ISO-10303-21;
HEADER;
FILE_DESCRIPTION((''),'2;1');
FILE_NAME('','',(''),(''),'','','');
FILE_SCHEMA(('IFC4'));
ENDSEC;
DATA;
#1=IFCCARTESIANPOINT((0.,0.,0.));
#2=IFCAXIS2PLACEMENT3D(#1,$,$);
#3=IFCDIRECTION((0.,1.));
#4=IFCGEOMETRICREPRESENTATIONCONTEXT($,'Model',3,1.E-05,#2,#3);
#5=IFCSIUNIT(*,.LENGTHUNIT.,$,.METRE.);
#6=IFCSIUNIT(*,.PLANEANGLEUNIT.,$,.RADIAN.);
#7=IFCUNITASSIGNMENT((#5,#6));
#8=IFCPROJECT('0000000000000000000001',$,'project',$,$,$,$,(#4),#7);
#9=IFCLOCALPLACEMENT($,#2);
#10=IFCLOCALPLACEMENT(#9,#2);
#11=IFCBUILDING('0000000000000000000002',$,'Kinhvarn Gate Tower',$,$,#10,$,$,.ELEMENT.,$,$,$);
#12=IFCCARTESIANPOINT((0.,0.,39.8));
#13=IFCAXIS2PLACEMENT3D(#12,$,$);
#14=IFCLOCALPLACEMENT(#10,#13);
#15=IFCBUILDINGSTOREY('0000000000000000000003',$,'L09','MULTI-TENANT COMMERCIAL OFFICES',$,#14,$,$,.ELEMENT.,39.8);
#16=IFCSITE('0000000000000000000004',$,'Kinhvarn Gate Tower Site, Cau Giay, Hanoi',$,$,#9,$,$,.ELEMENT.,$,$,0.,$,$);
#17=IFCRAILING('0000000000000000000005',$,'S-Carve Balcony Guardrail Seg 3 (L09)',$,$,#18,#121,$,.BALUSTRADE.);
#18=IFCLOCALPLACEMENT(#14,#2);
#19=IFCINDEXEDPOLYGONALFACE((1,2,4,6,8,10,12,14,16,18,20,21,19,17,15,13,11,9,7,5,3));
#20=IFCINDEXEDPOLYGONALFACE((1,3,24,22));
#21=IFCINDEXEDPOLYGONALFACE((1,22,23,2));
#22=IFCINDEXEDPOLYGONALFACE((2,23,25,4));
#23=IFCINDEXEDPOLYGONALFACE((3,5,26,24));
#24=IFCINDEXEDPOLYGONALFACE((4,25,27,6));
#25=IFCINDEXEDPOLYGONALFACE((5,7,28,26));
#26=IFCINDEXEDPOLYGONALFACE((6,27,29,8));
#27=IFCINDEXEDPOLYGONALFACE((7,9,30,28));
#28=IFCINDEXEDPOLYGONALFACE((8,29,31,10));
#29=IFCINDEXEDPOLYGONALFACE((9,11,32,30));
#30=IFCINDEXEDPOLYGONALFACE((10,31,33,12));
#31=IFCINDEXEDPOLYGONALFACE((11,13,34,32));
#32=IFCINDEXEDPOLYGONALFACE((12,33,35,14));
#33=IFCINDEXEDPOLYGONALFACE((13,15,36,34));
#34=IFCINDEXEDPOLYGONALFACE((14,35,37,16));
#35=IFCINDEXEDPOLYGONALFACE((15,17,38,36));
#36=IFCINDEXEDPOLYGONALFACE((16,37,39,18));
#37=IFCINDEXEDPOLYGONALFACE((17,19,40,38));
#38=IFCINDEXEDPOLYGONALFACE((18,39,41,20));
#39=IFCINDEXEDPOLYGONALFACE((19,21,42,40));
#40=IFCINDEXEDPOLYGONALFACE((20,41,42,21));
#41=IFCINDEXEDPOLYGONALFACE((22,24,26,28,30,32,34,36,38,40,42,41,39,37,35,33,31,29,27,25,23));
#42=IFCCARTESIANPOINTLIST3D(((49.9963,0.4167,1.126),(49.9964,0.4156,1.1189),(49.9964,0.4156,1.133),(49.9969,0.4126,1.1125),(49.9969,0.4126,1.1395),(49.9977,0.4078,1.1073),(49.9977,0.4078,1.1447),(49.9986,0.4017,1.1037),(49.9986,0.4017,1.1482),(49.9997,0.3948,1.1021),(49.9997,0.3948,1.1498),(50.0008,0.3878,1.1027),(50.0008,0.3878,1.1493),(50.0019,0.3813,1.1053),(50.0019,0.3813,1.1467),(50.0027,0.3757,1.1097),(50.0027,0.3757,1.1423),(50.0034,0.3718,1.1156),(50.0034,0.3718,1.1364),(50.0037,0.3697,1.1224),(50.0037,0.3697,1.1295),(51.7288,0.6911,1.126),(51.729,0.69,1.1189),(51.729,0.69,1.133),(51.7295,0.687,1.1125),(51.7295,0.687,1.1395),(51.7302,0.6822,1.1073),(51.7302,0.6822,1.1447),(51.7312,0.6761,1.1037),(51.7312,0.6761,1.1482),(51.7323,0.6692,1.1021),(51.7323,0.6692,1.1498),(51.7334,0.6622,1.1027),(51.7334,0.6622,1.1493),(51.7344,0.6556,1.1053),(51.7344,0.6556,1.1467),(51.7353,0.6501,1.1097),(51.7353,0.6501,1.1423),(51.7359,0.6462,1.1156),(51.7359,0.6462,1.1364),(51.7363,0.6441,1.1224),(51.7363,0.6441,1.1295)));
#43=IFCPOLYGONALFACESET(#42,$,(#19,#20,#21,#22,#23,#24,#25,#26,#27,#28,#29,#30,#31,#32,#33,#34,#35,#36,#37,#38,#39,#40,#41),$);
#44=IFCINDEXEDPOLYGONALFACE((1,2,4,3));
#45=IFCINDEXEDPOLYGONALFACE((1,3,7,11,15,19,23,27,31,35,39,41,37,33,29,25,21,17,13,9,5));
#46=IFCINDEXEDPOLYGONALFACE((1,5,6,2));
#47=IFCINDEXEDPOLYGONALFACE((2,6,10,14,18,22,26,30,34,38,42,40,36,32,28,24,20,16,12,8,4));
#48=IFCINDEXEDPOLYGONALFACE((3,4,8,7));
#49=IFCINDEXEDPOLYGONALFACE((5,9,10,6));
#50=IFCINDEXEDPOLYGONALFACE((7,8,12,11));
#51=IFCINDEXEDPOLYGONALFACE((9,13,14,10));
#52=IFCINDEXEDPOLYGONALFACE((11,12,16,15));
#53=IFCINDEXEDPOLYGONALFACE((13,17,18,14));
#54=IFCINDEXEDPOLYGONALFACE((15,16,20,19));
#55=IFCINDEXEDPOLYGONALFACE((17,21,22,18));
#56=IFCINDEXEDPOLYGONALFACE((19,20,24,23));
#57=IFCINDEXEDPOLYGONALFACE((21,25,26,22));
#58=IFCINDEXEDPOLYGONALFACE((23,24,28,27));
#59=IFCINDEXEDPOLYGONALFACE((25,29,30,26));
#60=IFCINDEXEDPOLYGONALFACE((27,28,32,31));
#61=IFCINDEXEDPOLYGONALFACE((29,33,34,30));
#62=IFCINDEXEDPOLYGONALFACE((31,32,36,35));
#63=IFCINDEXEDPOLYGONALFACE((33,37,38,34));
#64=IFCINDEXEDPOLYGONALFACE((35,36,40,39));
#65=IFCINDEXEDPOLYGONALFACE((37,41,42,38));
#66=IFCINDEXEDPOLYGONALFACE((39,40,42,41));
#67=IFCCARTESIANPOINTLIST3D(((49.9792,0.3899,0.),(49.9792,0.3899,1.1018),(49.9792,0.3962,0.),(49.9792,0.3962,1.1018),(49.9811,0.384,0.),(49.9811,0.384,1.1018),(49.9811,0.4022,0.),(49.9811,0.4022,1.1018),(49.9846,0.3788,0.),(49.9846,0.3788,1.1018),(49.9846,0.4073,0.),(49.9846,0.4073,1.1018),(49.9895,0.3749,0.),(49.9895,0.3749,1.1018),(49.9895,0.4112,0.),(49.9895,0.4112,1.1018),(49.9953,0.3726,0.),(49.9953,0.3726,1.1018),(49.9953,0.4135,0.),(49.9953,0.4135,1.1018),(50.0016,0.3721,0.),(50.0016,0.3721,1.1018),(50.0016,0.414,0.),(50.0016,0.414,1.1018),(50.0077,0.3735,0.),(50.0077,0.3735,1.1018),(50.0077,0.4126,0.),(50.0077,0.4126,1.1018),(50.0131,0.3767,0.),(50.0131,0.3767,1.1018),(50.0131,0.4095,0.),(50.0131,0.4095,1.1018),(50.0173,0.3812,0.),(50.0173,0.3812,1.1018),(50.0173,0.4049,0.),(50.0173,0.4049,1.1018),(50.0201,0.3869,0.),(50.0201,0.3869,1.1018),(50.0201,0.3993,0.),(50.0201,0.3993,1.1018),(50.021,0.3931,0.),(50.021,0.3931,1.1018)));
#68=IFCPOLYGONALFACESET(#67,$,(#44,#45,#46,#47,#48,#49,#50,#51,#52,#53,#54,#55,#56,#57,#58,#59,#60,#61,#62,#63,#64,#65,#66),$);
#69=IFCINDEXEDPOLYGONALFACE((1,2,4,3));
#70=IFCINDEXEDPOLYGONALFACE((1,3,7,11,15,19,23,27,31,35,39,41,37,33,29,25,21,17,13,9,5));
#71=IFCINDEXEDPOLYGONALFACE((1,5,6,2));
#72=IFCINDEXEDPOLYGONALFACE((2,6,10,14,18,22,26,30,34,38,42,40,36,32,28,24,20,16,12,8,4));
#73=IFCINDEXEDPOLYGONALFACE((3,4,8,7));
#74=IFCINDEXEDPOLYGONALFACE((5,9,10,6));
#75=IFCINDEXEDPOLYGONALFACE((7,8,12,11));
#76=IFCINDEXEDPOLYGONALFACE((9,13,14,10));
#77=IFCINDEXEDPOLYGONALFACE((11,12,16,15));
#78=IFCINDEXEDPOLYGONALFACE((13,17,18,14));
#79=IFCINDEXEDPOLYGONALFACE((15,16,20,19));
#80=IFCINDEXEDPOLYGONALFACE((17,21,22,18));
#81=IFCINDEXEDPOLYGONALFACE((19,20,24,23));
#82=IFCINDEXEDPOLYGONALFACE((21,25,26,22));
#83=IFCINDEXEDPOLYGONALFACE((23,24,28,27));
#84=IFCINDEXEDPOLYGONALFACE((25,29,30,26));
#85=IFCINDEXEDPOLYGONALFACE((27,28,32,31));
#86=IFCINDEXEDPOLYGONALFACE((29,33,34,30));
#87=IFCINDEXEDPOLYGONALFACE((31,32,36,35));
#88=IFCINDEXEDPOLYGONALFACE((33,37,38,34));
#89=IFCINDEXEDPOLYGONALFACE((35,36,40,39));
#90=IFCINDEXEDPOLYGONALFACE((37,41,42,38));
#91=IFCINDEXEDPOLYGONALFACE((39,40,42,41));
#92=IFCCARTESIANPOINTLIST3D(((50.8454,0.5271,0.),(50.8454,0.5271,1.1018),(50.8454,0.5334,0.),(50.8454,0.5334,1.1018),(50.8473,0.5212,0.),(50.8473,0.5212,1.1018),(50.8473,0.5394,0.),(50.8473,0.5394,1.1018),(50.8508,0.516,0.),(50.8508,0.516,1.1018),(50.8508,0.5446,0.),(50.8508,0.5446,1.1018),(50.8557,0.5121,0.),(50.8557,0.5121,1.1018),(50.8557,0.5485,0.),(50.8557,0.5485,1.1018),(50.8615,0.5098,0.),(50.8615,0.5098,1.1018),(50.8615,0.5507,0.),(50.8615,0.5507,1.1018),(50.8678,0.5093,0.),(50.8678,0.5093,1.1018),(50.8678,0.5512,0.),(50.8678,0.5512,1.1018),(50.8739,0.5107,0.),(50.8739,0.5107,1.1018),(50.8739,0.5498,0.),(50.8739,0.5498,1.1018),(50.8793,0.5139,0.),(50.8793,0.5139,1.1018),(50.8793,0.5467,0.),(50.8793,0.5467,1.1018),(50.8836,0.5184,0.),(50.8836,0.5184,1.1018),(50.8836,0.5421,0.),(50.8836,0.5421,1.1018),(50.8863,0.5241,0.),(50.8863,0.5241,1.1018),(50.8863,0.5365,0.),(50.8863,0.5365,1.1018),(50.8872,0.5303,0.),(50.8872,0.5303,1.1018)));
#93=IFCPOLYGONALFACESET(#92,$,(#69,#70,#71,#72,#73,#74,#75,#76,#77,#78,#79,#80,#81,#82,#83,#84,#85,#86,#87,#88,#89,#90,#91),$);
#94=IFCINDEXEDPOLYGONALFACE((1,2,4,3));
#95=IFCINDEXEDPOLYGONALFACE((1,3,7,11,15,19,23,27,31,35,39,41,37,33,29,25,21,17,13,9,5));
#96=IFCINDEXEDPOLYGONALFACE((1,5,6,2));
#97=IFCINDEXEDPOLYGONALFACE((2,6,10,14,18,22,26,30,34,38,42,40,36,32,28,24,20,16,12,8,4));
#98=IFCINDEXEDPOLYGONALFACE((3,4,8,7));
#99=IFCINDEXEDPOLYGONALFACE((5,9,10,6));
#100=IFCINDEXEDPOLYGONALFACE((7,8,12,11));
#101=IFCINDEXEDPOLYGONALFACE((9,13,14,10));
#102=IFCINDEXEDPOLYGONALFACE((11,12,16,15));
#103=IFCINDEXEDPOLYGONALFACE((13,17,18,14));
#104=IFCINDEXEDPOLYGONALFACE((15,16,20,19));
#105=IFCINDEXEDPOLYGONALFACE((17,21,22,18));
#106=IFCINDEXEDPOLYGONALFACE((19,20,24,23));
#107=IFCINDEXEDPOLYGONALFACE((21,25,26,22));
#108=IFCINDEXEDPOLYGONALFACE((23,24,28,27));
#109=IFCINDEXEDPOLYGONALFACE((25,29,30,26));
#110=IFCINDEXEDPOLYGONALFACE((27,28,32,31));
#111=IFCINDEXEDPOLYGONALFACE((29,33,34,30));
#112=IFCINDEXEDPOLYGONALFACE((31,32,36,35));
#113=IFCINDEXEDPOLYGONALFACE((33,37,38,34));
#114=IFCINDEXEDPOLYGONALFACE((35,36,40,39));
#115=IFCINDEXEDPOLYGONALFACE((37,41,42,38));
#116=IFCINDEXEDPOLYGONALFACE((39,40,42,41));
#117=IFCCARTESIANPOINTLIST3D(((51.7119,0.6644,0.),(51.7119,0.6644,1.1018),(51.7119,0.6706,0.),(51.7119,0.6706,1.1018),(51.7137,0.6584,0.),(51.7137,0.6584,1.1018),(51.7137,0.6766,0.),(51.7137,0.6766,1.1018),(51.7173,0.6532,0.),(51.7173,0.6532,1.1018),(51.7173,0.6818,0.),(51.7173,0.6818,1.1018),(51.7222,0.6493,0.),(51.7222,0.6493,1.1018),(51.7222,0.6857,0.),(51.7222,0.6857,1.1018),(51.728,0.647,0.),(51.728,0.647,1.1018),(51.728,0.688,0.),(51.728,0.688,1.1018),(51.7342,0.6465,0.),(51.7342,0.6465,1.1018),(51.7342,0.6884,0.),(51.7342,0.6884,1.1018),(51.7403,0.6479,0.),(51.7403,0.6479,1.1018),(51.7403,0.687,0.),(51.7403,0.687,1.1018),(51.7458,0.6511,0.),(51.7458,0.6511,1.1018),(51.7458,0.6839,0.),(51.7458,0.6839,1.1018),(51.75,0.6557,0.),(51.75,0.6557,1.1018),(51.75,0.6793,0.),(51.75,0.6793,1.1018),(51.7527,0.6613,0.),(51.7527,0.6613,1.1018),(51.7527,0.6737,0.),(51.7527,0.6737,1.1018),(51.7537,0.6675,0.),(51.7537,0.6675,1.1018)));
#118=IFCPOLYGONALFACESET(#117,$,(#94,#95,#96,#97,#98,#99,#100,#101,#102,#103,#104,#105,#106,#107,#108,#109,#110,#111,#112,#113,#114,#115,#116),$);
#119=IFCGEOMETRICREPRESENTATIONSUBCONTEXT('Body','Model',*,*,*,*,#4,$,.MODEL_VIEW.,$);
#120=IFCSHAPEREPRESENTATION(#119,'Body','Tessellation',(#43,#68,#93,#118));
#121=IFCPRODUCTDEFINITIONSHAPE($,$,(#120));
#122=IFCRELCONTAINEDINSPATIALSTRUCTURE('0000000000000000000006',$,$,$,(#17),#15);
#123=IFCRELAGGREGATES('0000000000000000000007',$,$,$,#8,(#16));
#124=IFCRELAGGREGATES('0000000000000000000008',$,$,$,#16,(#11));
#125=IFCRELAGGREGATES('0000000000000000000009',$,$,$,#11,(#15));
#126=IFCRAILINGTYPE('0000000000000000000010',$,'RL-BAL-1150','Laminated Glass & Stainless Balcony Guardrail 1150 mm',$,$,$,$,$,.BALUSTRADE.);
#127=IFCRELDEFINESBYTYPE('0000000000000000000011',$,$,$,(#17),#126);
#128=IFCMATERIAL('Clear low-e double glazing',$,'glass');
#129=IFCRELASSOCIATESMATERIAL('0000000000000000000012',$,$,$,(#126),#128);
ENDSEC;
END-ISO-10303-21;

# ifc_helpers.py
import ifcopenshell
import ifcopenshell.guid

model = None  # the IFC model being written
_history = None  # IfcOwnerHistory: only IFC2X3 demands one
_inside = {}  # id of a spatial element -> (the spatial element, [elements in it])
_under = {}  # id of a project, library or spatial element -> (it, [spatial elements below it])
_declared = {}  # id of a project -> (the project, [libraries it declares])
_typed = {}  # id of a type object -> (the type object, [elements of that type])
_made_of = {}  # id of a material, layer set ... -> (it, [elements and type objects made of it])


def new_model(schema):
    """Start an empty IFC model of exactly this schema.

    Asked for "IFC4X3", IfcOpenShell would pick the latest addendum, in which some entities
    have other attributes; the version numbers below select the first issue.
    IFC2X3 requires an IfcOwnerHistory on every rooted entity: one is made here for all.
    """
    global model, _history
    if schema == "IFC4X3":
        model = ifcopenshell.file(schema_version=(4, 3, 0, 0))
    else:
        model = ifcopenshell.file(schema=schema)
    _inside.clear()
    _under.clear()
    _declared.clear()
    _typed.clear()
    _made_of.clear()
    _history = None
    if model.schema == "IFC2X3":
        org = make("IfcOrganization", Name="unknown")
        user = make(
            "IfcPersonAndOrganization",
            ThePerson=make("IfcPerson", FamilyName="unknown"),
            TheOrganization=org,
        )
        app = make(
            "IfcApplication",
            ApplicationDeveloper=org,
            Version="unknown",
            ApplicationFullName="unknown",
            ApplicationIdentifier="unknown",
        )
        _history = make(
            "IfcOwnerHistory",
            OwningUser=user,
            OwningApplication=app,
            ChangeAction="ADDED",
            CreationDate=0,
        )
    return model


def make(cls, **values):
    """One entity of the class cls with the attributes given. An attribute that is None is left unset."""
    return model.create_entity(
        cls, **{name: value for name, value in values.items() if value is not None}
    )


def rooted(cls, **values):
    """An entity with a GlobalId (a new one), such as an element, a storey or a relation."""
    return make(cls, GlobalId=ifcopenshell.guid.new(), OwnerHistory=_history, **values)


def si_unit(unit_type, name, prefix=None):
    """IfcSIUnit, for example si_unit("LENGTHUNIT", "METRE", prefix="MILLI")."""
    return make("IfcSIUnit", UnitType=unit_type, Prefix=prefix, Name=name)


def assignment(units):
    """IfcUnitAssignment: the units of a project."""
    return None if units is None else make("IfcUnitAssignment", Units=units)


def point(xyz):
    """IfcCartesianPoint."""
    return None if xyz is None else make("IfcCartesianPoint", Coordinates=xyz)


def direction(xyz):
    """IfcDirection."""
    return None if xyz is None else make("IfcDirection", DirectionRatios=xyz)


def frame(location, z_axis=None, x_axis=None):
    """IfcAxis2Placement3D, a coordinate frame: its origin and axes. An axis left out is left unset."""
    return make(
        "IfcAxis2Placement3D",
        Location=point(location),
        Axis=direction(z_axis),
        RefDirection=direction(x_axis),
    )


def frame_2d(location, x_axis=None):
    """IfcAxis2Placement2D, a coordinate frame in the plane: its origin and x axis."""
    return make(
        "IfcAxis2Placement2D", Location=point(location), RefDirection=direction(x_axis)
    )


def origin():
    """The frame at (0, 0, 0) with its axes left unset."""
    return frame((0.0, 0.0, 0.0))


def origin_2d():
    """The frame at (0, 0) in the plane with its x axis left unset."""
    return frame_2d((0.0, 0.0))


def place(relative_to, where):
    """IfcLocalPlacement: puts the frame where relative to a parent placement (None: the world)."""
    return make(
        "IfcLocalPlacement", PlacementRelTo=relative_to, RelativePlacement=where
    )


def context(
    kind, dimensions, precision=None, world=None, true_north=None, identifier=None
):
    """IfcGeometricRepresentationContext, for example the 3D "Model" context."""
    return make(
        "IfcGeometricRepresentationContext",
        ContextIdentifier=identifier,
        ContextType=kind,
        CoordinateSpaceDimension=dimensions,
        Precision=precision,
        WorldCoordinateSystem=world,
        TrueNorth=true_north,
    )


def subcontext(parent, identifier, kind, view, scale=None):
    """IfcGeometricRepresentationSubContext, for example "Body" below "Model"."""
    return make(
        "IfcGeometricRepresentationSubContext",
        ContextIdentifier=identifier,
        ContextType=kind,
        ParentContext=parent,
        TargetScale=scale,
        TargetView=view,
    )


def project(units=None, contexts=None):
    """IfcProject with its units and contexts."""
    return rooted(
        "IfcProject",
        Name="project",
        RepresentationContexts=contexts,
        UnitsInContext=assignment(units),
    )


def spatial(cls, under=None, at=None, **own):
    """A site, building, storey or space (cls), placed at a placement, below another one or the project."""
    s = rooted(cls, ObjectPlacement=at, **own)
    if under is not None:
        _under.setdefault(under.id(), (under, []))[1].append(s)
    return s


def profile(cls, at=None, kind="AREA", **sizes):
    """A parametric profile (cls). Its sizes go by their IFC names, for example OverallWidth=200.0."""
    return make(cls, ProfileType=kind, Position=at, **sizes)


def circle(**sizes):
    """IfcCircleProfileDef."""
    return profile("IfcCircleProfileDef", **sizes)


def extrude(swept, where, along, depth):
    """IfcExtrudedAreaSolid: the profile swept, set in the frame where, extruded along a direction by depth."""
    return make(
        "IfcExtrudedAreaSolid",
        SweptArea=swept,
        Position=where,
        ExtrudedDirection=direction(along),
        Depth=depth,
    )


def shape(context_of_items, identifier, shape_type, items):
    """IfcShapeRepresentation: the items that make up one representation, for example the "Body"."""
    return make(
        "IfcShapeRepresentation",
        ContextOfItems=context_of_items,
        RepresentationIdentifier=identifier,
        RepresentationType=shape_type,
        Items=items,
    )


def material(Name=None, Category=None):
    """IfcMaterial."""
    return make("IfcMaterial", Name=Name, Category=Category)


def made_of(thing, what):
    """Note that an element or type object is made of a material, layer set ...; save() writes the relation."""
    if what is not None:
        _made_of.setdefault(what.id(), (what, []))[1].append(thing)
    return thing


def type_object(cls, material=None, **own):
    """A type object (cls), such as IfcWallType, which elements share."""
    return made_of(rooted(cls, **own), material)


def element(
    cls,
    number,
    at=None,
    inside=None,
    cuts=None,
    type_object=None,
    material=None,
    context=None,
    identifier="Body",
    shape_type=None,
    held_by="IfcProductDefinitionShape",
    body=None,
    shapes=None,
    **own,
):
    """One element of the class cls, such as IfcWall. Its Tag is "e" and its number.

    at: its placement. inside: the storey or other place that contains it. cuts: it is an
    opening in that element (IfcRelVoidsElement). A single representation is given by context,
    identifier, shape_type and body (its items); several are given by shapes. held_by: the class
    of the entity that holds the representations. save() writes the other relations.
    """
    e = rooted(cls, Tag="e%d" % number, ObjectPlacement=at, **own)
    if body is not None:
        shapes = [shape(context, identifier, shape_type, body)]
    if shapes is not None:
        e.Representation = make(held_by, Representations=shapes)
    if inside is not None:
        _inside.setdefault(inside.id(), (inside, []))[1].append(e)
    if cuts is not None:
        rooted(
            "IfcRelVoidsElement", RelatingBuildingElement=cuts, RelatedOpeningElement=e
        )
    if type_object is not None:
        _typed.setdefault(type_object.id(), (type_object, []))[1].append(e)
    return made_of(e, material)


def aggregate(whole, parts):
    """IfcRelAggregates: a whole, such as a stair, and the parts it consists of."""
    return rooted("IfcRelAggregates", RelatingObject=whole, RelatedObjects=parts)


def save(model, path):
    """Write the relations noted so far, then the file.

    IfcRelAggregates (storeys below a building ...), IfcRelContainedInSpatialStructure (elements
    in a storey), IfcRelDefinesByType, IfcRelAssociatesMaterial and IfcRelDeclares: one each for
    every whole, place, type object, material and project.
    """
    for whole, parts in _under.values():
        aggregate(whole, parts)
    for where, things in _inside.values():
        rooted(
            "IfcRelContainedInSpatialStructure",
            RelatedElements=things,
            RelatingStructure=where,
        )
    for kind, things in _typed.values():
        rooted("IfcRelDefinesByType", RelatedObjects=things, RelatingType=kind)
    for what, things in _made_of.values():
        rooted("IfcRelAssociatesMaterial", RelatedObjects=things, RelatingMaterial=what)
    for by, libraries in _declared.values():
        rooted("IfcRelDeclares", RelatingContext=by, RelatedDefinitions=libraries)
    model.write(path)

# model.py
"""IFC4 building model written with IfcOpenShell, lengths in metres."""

from ifc_helpers import new_model, si_unit, direction, frame, origin, origin_2d, place, context, subcontext, project, spatial, circle, extrude, material, type_object, element, save


model = new_model("IFC4")

# Units and contexts
model_context = context("Model", 3, precision=1e-05, world=origin(), true_north=direction((0.0, 1.0)))
body_context = subcontext(model_context, "Body", "Model", "MODEL_VIEW")
ifc_project = project(units=[si_unit("LENGTHUNIT", "METRE"), si_unit("PLANEANGLEUNIT", "RADIAN")], contexts=[model_context])

# Site, building, storey
site_placement = place(None, origin())
site = spatial("IfcSite", under=ifc_project, at=site_placement, Name="Kinhvarn Gate Tower Site, Cau Giay, Hanoi", CompositionType="ELEMENT", RefElevation=0.0)
building_placement = place(site_placement, origin())
building = spatial("IfcBuilding", under=site, at=building_placement, Name="Kinhvarn Gate Tower", CompositionType="ELEMENT")
storey_placement = place(building_placement, frame((0.0, 0.0, 39.8)))
storey = spatial("IfcBuildingStorey", under=building, at=storey_placement, Name="L09", Description="MULTI-TENANT COMMERCIAL OFFICES", CompositionType="ELEMENT", Elevation=39.8)

# Shared definitions
ifc_material_1 = material(Name="Clear low-e double glazing", Category="glass")

# Railing
railing_type = type_object("IfcRailingType", Name="RL-BAL-1150", Description="Laminated Glass & Stainless Balcony Guardrail 1150 mm", PredefinedType="BALUSTRADE", material=ifc_material_1)
railing_1_placement = place(storey_placement, frame((50.0, 0.3931, 0.0)))
element("IfcRailing", 1, at=railing_1_placement, inside=storey, type_object=railing_type, Name="S-Carve Balcony Guardrail Seg 3 (L09)", PredefinedType="BALUSTRADE", context=body_context, shape_type="SweptSolid", body=[
    extrude(circle(Radius=0.0239, at=origin_2d()), frame((0.0, 0.0, 1.126), z_axis=(0.98769, 0.156427, 0.0), x_axis=(-0.156427, 0.98769, 0.0)), (0.0, 0.0, 1.0), 1.7542),
    extrude(circle(Radius=0.021, at=origin_2d()), origin(), (0.0, 0.0, 1.0), 1.1018),
    extrude(circle(Radius=0.021, at=origin_2d()), frame((0.8662, 0.1372, 0.0)), (0.0, 0.0, 1.0), 1.1018),
    extrude(circle(Radius=0.021, at=origin_2d()), frame((1.7327, 0.2744, 0.0)), (0.0, 0.0, 1.0), 1.1018),
])

save(model, "model.ifc")
